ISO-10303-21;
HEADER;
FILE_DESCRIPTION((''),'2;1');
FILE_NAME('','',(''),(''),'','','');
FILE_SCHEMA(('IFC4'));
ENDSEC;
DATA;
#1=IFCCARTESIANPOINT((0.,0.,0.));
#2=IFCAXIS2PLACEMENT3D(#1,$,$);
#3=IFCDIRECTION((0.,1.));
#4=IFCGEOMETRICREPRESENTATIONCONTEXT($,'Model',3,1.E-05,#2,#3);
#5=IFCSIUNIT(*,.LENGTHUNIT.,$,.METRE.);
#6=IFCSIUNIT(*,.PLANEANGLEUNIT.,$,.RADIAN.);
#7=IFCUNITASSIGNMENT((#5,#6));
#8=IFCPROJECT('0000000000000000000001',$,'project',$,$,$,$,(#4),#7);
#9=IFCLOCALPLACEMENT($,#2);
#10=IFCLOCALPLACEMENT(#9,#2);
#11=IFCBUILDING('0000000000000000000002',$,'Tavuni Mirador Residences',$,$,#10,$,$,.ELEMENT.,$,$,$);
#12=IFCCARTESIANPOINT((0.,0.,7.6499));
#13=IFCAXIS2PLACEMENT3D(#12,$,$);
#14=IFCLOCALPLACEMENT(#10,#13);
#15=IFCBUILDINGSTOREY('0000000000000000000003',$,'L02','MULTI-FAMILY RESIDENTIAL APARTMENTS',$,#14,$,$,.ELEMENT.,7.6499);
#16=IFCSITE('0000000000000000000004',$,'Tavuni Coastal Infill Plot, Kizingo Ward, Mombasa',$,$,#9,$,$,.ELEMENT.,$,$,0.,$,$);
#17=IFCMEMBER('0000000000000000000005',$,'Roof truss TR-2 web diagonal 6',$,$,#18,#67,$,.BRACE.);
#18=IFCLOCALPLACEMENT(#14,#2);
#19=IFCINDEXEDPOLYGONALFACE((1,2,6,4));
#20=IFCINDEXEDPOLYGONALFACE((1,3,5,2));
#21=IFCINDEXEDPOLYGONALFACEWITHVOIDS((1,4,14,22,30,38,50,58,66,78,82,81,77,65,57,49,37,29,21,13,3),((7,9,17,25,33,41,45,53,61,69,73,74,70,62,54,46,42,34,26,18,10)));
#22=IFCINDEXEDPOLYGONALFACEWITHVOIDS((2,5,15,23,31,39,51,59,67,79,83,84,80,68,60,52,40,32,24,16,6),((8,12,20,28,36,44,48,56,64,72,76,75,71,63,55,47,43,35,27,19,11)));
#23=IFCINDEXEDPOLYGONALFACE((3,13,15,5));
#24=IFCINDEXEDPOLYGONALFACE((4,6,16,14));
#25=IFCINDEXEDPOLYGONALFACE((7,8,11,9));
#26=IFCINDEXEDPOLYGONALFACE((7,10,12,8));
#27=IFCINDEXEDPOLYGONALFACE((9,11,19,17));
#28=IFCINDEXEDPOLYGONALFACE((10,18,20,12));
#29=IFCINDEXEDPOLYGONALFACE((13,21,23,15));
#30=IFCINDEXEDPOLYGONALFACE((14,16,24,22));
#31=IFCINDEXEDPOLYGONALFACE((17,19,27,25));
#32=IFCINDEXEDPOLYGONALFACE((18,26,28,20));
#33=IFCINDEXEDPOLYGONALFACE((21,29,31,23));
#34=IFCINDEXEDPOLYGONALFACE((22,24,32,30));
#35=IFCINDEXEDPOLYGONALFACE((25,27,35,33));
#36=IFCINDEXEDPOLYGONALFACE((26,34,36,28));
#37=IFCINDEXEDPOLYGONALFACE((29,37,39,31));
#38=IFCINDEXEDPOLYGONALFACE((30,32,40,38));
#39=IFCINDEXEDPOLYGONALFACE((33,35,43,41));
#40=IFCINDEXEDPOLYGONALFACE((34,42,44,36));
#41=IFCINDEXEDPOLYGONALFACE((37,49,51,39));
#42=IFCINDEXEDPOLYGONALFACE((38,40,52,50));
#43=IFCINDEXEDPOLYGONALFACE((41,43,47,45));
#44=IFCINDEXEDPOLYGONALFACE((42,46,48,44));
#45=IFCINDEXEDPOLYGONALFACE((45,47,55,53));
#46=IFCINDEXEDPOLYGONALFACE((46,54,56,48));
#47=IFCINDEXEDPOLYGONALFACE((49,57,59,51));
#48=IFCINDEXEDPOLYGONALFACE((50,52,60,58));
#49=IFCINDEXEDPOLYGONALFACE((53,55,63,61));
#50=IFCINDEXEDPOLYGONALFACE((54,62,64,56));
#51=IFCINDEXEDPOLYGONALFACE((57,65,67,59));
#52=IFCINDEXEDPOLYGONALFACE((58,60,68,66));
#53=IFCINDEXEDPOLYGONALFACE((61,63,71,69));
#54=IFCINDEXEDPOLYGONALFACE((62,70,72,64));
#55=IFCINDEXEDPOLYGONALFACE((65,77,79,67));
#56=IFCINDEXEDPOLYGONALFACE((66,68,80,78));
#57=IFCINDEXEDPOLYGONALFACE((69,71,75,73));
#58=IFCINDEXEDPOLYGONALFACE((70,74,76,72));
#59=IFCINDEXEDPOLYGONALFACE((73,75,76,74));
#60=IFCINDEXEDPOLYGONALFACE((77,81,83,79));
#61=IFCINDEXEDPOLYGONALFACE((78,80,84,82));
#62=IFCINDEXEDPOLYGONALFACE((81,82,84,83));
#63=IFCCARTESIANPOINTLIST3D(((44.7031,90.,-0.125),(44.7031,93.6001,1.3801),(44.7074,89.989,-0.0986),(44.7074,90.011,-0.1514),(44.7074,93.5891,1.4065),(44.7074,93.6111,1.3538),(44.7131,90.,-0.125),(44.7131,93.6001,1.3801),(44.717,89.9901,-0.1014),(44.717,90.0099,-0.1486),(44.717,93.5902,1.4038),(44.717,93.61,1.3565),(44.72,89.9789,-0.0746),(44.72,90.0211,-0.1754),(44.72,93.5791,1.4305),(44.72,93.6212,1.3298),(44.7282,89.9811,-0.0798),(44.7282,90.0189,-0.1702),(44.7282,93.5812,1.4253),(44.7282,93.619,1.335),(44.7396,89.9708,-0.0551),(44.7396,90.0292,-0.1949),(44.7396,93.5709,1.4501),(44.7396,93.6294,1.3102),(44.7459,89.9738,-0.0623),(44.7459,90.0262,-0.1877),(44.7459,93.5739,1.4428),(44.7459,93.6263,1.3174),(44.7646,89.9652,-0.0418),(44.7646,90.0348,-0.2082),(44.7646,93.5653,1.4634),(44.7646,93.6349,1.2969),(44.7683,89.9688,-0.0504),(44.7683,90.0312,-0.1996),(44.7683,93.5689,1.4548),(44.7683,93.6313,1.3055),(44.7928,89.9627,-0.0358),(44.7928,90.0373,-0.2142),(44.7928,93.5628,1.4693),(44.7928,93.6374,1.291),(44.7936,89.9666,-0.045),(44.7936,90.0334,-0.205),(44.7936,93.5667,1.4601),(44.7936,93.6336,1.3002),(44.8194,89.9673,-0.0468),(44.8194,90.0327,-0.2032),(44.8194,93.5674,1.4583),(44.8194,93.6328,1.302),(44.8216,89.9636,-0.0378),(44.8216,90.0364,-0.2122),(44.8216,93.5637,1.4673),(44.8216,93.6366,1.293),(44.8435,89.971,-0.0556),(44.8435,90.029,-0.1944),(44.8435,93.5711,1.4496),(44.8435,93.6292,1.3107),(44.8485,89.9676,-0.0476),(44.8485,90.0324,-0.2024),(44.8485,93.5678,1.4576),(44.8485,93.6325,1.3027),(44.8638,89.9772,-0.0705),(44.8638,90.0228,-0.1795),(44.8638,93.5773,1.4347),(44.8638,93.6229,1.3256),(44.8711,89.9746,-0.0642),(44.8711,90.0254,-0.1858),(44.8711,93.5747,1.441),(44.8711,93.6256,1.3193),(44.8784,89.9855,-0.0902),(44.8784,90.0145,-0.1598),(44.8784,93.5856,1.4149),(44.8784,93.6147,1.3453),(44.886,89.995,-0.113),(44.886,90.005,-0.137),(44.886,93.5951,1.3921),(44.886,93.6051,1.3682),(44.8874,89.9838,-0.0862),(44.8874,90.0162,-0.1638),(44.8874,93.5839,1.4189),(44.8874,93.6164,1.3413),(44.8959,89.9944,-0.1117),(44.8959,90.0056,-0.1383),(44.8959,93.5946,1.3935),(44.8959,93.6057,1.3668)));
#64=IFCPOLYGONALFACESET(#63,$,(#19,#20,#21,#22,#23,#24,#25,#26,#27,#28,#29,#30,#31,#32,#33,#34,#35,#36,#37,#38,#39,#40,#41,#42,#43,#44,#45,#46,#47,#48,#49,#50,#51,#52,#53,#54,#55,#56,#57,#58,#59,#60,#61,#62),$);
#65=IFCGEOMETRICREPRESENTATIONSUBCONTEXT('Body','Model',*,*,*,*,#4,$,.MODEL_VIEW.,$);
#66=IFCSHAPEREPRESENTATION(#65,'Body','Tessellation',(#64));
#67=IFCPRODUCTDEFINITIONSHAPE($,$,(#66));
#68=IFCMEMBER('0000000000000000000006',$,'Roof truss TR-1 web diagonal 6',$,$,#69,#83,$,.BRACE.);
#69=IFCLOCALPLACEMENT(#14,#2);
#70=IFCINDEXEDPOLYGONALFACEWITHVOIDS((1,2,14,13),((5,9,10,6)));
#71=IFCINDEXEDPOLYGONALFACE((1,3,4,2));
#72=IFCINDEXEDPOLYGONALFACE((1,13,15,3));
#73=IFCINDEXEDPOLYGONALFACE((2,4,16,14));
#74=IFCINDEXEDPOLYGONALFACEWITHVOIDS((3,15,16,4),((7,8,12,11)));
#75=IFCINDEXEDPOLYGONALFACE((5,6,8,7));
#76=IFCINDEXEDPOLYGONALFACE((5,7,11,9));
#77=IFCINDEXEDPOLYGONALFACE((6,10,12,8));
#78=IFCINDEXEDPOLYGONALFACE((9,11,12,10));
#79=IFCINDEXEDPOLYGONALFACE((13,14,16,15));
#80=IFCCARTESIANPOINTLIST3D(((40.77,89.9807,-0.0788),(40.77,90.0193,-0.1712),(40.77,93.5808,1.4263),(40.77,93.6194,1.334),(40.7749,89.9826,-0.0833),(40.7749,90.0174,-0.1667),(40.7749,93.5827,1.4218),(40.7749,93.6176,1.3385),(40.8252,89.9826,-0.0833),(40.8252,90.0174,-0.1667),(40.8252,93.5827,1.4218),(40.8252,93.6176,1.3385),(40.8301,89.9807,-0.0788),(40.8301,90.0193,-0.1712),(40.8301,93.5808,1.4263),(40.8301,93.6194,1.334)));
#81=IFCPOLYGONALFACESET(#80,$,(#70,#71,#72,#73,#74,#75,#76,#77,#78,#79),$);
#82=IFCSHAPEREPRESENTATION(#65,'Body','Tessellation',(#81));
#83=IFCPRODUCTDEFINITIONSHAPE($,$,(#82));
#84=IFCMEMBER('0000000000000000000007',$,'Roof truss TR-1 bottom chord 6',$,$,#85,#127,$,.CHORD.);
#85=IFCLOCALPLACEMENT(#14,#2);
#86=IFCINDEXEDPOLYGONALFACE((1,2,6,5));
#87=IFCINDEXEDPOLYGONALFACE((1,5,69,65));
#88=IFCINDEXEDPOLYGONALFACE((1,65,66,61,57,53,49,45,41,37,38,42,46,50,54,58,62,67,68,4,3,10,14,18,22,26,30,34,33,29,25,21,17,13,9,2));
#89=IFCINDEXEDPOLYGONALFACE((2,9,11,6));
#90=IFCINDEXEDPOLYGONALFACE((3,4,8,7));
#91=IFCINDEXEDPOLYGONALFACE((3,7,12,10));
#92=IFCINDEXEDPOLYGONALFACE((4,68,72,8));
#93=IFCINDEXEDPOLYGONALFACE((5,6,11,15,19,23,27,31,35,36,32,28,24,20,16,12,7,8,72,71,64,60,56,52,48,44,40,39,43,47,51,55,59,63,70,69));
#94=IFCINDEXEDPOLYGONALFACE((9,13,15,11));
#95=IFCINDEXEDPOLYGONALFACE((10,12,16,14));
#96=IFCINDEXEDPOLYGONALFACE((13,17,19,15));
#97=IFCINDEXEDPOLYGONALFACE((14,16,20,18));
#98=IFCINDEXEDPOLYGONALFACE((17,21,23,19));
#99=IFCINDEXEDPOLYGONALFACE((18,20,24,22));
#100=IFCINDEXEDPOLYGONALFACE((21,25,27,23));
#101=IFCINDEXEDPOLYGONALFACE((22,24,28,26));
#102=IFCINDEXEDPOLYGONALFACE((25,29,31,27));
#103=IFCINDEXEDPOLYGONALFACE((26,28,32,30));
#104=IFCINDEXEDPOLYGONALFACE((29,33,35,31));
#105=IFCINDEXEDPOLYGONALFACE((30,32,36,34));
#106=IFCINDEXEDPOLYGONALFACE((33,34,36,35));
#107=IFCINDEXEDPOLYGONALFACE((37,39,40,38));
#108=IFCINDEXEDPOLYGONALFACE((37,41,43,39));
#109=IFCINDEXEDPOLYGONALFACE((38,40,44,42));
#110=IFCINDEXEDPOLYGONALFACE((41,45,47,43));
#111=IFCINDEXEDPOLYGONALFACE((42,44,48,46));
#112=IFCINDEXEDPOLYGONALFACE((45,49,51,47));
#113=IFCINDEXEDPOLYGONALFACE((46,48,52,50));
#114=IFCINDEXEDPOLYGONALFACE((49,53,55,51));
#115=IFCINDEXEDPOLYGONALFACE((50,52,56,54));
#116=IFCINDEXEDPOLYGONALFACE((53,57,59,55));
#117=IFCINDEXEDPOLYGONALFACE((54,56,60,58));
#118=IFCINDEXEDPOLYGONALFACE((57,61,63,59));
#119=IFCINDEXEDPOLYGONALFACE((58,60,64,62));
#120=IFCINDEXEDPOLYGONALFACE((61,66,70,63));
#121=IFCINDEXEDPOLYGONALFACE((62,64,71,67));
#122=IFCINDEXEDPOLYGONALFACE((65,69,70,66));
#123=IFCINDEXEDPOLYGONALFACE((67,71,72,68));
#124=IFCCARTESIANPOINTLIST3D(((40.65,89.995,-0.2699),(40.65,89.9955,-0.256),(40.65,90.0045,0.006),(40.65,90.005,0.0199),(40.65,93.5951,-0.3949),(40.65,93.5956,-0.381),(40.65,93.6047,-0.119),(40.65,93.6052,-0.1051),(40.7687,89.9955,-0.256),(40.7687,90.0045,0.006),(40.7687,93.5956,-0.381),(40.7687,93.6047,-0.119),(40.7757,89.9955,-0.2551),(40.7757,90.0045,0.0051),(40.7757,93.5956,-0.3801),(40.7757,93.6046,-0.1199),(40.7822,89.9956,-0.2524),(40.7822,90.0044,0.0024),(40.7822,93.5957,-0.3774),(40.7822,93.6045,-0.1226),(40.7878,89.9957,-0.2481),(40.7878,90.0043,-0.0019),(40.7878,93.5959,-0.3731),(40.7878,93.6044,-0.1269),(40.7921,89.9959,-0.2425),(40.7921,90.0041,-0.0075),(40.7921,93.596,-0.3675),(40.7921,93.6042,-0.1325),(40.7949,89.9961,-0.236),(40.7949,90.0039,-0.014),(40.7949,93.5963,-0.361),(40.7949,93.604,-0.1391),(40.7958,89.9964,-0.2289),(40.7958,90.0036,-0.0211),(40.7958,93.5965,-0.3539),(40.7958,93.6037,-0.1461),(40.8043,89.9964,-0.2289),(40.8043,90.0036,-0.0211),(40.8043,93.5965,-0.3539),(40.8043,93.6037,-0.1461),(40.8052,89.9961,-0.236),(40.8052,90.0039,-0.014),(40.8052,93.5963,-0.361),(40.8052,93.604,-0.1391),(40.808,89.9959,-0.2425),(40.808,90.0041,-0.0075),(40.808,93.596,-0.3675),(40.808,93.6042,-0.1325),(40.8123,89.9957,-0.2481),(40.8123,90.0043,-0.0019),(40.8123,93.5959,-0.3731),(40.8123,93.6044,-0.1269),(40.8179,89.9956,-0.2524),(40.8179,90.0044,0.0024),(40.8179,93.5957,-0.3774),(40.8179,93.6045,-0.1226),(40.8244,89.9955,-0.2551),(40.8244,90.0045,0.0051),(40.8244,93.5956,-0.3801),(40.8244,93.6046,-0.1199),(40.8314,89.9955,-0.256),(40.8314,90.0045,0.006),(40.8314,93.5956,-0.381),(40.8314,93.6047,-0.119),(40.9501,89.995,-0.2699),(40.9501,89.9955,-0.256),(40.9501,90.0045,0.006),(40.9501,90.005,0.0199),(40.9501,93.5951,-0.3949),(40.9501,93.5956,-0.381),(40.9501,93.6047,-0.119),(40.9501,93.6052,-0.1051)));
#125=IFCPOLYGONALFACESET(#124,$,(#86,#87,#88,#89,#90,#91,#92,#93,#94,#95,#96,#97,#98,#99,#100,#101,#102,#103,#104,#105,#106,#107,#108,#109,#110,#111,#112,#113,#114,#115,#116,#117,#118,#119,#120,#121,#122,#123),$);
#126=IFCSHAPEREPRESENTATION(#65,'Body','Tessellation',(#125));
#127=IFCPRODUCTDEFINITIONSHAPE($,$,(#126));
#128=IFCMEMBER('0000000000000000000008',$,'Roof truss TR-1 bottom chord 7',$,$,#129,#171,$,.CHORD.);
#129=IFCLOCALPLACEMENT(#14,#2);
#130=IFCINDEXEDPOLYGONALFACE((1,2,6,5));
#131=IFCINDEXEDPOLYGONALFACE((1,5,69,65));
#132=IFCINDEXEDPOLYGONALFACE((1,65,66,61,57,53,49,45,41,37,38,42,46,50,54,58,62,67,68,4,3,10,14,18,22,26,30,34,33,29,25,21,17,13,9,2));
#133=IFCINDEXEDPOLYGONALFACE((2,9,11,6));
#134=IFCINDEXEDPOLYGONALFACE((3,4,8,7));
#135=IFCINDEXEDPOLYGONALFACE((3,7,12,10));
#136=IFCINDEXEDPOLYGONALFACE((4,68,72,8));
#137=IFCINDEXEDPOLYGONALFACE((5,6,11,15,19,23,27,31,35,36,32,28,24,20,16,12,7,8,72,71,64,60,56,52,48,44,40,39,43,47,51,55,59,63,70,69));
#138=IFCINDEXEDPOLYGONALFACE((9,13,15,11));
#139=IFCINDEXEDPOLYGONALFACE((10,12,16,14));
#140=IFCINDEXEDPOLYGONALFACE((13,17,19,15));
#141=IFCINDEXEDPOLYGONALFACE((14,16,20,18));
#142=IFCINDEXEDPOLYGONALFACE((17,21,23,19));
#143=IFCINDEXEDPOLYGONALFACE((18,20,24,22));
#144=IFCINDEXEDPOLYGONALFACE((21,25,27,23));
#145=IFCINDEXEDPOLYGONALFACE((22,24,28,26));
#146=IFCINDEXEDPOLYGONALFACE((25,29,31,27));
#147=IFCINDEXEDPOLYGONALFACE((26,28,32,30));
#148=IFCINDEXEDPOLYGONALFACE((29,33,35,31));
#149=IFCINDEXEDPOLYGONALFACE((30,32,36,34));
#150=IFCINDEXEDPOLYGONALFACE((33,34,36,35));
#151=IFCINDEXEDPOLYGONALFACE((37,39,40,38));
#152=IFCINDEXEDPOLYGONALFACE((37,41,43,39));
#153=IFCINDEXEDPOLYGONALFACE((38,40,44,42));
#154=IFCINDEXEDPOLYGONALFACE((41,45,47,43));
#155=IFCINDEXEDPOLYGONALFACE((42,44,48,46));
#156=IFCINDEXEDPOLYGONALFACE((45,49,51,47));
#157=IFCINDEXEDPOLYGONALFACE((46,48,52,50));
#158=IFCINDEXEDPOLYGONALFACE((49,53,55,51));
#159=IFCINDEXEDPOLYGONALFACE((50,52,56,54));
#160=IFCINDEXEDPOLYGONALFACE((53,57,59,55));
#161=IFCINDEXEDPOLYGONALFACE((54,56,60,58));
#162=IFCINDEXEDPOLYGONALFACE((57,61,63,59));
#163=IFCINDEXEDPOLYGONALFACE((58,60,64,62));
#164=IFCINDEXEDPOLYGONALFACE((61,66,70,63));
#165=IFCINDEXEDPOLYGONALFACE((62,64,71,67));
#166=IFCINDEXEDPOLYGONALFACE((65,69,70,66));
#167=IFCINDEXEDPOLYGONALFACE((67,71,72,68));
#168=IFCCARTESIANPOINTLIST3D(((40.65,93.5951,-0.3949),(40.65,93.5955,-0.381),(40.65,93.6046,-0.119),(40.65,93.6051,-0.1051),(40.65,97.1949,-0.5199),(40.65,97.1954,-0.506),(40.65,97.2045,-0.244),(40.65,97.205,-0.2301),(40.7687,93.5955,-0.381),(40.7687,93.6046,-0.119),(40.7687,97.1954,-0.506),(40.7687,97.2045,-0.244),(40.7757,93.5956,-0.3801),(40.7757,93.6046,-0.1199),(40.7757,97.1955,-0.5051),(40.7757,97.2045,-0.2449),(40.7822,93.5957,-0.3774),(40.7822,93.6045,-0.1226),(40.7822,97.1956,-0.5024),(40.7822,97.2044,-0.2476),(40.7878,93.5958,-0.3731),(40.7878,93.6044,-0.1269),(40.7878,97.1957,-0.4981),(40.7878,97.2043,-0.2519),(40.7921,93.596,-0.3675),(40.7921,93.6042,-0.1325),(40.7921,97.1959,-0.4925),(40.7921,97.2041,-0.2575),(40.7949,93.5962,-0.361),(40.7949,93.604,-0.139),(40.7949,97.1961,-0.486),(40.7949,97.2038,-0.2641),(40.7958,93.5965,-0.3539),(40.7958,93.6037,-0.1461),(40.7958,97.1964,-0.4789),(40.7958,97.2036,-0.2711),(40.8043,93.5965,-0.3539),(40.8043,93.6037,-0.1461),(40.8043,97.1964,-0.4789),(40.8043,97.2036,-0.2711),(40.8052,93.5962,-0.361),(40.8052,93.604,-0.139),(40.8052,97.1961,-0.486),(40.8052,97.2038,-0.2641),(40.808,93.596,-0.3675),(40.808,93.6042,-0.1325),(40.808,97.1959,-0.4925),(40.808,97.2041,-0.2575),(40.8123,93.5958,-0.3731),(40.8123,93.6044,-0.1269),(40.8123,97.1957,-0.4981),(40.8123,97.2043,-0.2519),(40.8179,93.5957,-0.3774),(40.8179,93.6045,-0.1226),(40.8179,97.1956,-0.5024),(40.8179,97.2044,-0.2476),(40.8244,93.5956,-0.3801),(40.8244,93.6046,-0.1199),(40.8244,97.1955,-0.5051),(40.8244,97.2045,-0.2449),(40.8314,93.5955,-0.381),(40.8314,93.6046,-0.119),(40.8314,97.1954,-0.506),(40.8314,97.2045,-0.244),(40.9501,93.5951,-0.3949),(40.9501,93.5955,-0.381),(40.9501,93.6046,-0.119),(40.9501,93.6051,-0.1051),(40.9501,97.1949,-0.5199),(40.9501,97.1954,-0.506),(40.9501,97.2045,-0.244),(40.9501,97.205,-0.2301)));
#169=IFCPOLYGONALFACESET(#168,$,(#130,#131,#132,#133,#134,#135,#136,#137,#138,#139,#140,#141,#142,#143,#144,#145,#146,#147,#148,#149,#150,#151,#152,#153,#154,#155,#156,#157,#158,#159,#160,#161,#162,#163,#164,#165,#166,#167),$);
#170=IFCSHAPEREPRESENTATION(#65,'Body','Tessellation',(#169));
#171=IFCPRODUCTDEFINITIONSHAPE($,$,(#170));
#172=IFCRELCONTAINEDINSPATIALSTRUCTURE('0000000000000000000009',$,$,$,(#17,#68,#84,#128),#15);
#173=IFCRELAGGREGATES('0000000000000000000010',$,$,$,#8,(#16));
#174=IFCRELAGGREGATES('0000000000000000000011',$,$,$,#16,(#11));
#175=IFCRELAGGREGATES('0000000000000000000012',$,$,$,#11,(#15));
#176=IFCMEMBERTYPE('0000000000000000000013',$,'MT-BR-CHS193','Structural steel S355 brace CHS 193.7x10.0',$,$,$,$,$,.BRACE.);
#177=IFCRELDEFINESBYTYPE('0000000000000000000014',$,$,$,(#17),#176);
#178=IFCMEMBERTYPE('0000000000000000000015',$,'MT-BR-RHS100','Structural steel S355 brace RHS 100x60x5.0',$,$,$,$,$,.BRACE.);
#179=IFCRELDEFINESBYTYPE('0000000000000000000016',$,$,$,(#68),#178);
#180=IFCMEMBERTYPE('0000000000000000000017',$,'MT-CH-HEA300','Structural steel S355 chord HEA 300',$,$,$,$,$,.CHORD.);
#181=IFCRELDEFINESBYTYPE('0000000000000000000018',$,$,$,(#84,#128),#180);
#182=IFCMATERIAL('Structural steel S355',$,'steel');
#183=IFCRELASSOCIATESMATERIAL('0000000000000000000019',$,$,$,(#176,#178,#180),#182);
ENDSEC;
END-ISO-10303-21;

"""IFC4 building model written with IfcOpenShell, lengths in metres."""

from ifc_helpers import new_model, si_unit, direction, frame, origin, origin_2d, place, context, subcontext, project, spatial, hollow_rectangle, hollow_circle, i_section, extrude, material, material_profile, profile_set, type_object, element, save


model = new_model("IFC4")

# Units and contexts
model_context = context("Model", 3, precision=1e-05, world=origin(), true_north=direction((0.0, 1.0)))
body_context = subcontext(model_context, "Body", "Model", "MODEL_VIEW")
ifc_project = project(units=[si_unit("LENGTHUNIT", "METRE"), si_unit("PLANEANGLEUNIT", "RADIAN")], contexts=[model_context])

# Site, building, storey
site_placement = place(None, origin())
site = spatial("IfcSite", under=ifc_project, at=site_placement, Name="Tavuni Coastal Infill Plot, Kizingo Ward, Mombasa", CompositionType="ELEMENT", RefElevation=0.0)
building_placement = place(site_placement, origin())
building = spatial("IfcBuilding", under=site, at=building_placement, Name="Tavuni Mirador Residences", CompositionType="ELEMENT")
storey_placement = place(building_placement, frame((0.0, 0.0, 7.6499)))
storey = spatial("IfcBuildingStorey", under=building, at=storey_placement, Name="L02", Description="MULTI-FAMILY RESIDENTIAL APARTMENTS", CompositionType="ELEMENT", Elevation=7.6499)

# Members
ifc_material = material(Name="Structural steel S355", Category="steel")
ifc_material_profile_1 = material_profile(ifc_material, hollow_circle(Radius=0.0969, WallThickness=0.01, at=origin_2d()), Name="CHS 193.7x10.0", Category="steel")
ifc_profile_set_1 = profile_set([ifc_material_profile_1], Name="Structural steel S355")
member_type_1 = type_object("IfcMemberType", Name="MT-BR-CHS193", Description="Structural steel S355 brace CHS 193.7x10.0", PredefinedType="BRACE", material=ifc_profile_set_1)
member_1_placement = place(storey_placement, frame((44.8, 90.0, -0.125), z_axis=(0.0, 0.922613, 0.385726), x_axis=(-1.0, 0.0, 0.0)))
element("IfcMember", 1, at=member_1_placement, inside=storey, type_object=member_type_1, Name="Roof truss TR-2 web diagonal 6", PredefinedType="BRACE", context=body_context, shape_type="SweptSolid", body=[
    extrude(hollow_circle(Radius=0.0969, WallThickness=0.01, at=origin_2d()), origin(), (0.0, 0.0, 1.0), 3.9021),
])
ifc_material_profile_2 = material_profile(ifc_material, hollow_rectangle(XDim=0.0601, YDim=0.1001, WallThickness=0.0049, at=origin_2d()), Name="RHS 100x60x5.0", Category="steel")
ifc_profile_set_2 = profile_set([ifc_material_profile_2], Name="Structural steel S355")
member_type_2 = type_object("IfcMemberType", Name="MT-BR-RHS100", Description="Structural steel S355 brace RHS 100x60x5.0", PredefinedType="BRACE", material=ifc_profile_set_2)
member_2_placement = place(storey_placement, frame((40.8, 90.0, -0.125), z_axis=(0.0, 0.922613, 0.385726), x_axis=(-1.0, 0.0, 0.0)))
element("IfcMember", 2, at=member_2_placement, inside=storey, type_object=member_type_2, Name="Roof truss TR-1 web diagonal 6", PredefinedType="BRACE", context=body_context, shape_type="SweptSolid", body=[
    extrude(hollow_rectangle(XDim=0.0601, YDim=0.1001, WallThickness=0.0049, at=origin_2d()), origin(), (0.0, 0.0, 1.0), 3.9021),
])
ifc_material_profile_3 = material_profile(ifc_material, i_section(OverallWidth=0.3, OverallDepth=0.29, WebThickness=0.0085, FlangeThickness=0.0139, FilletRadius=0.0271, at=origin_2d()), Name="HEA 300", Category="steel")
ifc_profile_set_3 = profile_set([ifc_material_profile_3], Name="Structural steel S355")
member_type_3 = type_object("IfcMemberType", Name="MT-CH-HEA300", Description="Structural steel S355 chord HEA 300", PredefinedType="CHORD", material=ifc_profile_set_3)
member_3_placement = place(storey_placement, frame((40.8, 90.0, -0.125), z_axis=(0.0, 0.999398, -0.0347), x_axis=(-1.0, 0.0, 0.0)))
element("IfcMember", 3, at=member_3_placement, inside=storey, type_object=member_type_3, Name="Roof truss TR-1 bottom chord 6", PredefinedType="CHORD", context=body_context, shape_type="SweptSolid", body=[
    extrude(i_section(OverallWidth=0.3, OverallDepth=0.29, WebThickness=0.0085, FlangeThickness=0.0139, FilletRadius=0.0271, at=origin_2d()), origin(), (0.0, 0.0, 1.0), 3.6023),
])
member_4_placement = place(storey_placement, frame((40.8, 93.6001, -0.25), z_axis=(0.0, 0.999398, -0.034703), x_axis=(-1.0, 0.0, 0.0)))
element("IfcMember", 4, at=member_4_placement, inside=storey, type_object=member_type_3, Name="Roof truss TR-1 bottom chord 7", PredefinedType="CHORD", context=body_context, shape_type="SweptSolid", body=[
    extrude(i_section(OverallWidth=0.3, OverallDepth=0.29, WebThickness=0.0085, FlangeThickness=0.0139, FilletRadius=0.0271, at=origin_2d()), origin(), (0.0, 0.0, 1.0), 3.6021),
])

save(model, "model.ifc")
